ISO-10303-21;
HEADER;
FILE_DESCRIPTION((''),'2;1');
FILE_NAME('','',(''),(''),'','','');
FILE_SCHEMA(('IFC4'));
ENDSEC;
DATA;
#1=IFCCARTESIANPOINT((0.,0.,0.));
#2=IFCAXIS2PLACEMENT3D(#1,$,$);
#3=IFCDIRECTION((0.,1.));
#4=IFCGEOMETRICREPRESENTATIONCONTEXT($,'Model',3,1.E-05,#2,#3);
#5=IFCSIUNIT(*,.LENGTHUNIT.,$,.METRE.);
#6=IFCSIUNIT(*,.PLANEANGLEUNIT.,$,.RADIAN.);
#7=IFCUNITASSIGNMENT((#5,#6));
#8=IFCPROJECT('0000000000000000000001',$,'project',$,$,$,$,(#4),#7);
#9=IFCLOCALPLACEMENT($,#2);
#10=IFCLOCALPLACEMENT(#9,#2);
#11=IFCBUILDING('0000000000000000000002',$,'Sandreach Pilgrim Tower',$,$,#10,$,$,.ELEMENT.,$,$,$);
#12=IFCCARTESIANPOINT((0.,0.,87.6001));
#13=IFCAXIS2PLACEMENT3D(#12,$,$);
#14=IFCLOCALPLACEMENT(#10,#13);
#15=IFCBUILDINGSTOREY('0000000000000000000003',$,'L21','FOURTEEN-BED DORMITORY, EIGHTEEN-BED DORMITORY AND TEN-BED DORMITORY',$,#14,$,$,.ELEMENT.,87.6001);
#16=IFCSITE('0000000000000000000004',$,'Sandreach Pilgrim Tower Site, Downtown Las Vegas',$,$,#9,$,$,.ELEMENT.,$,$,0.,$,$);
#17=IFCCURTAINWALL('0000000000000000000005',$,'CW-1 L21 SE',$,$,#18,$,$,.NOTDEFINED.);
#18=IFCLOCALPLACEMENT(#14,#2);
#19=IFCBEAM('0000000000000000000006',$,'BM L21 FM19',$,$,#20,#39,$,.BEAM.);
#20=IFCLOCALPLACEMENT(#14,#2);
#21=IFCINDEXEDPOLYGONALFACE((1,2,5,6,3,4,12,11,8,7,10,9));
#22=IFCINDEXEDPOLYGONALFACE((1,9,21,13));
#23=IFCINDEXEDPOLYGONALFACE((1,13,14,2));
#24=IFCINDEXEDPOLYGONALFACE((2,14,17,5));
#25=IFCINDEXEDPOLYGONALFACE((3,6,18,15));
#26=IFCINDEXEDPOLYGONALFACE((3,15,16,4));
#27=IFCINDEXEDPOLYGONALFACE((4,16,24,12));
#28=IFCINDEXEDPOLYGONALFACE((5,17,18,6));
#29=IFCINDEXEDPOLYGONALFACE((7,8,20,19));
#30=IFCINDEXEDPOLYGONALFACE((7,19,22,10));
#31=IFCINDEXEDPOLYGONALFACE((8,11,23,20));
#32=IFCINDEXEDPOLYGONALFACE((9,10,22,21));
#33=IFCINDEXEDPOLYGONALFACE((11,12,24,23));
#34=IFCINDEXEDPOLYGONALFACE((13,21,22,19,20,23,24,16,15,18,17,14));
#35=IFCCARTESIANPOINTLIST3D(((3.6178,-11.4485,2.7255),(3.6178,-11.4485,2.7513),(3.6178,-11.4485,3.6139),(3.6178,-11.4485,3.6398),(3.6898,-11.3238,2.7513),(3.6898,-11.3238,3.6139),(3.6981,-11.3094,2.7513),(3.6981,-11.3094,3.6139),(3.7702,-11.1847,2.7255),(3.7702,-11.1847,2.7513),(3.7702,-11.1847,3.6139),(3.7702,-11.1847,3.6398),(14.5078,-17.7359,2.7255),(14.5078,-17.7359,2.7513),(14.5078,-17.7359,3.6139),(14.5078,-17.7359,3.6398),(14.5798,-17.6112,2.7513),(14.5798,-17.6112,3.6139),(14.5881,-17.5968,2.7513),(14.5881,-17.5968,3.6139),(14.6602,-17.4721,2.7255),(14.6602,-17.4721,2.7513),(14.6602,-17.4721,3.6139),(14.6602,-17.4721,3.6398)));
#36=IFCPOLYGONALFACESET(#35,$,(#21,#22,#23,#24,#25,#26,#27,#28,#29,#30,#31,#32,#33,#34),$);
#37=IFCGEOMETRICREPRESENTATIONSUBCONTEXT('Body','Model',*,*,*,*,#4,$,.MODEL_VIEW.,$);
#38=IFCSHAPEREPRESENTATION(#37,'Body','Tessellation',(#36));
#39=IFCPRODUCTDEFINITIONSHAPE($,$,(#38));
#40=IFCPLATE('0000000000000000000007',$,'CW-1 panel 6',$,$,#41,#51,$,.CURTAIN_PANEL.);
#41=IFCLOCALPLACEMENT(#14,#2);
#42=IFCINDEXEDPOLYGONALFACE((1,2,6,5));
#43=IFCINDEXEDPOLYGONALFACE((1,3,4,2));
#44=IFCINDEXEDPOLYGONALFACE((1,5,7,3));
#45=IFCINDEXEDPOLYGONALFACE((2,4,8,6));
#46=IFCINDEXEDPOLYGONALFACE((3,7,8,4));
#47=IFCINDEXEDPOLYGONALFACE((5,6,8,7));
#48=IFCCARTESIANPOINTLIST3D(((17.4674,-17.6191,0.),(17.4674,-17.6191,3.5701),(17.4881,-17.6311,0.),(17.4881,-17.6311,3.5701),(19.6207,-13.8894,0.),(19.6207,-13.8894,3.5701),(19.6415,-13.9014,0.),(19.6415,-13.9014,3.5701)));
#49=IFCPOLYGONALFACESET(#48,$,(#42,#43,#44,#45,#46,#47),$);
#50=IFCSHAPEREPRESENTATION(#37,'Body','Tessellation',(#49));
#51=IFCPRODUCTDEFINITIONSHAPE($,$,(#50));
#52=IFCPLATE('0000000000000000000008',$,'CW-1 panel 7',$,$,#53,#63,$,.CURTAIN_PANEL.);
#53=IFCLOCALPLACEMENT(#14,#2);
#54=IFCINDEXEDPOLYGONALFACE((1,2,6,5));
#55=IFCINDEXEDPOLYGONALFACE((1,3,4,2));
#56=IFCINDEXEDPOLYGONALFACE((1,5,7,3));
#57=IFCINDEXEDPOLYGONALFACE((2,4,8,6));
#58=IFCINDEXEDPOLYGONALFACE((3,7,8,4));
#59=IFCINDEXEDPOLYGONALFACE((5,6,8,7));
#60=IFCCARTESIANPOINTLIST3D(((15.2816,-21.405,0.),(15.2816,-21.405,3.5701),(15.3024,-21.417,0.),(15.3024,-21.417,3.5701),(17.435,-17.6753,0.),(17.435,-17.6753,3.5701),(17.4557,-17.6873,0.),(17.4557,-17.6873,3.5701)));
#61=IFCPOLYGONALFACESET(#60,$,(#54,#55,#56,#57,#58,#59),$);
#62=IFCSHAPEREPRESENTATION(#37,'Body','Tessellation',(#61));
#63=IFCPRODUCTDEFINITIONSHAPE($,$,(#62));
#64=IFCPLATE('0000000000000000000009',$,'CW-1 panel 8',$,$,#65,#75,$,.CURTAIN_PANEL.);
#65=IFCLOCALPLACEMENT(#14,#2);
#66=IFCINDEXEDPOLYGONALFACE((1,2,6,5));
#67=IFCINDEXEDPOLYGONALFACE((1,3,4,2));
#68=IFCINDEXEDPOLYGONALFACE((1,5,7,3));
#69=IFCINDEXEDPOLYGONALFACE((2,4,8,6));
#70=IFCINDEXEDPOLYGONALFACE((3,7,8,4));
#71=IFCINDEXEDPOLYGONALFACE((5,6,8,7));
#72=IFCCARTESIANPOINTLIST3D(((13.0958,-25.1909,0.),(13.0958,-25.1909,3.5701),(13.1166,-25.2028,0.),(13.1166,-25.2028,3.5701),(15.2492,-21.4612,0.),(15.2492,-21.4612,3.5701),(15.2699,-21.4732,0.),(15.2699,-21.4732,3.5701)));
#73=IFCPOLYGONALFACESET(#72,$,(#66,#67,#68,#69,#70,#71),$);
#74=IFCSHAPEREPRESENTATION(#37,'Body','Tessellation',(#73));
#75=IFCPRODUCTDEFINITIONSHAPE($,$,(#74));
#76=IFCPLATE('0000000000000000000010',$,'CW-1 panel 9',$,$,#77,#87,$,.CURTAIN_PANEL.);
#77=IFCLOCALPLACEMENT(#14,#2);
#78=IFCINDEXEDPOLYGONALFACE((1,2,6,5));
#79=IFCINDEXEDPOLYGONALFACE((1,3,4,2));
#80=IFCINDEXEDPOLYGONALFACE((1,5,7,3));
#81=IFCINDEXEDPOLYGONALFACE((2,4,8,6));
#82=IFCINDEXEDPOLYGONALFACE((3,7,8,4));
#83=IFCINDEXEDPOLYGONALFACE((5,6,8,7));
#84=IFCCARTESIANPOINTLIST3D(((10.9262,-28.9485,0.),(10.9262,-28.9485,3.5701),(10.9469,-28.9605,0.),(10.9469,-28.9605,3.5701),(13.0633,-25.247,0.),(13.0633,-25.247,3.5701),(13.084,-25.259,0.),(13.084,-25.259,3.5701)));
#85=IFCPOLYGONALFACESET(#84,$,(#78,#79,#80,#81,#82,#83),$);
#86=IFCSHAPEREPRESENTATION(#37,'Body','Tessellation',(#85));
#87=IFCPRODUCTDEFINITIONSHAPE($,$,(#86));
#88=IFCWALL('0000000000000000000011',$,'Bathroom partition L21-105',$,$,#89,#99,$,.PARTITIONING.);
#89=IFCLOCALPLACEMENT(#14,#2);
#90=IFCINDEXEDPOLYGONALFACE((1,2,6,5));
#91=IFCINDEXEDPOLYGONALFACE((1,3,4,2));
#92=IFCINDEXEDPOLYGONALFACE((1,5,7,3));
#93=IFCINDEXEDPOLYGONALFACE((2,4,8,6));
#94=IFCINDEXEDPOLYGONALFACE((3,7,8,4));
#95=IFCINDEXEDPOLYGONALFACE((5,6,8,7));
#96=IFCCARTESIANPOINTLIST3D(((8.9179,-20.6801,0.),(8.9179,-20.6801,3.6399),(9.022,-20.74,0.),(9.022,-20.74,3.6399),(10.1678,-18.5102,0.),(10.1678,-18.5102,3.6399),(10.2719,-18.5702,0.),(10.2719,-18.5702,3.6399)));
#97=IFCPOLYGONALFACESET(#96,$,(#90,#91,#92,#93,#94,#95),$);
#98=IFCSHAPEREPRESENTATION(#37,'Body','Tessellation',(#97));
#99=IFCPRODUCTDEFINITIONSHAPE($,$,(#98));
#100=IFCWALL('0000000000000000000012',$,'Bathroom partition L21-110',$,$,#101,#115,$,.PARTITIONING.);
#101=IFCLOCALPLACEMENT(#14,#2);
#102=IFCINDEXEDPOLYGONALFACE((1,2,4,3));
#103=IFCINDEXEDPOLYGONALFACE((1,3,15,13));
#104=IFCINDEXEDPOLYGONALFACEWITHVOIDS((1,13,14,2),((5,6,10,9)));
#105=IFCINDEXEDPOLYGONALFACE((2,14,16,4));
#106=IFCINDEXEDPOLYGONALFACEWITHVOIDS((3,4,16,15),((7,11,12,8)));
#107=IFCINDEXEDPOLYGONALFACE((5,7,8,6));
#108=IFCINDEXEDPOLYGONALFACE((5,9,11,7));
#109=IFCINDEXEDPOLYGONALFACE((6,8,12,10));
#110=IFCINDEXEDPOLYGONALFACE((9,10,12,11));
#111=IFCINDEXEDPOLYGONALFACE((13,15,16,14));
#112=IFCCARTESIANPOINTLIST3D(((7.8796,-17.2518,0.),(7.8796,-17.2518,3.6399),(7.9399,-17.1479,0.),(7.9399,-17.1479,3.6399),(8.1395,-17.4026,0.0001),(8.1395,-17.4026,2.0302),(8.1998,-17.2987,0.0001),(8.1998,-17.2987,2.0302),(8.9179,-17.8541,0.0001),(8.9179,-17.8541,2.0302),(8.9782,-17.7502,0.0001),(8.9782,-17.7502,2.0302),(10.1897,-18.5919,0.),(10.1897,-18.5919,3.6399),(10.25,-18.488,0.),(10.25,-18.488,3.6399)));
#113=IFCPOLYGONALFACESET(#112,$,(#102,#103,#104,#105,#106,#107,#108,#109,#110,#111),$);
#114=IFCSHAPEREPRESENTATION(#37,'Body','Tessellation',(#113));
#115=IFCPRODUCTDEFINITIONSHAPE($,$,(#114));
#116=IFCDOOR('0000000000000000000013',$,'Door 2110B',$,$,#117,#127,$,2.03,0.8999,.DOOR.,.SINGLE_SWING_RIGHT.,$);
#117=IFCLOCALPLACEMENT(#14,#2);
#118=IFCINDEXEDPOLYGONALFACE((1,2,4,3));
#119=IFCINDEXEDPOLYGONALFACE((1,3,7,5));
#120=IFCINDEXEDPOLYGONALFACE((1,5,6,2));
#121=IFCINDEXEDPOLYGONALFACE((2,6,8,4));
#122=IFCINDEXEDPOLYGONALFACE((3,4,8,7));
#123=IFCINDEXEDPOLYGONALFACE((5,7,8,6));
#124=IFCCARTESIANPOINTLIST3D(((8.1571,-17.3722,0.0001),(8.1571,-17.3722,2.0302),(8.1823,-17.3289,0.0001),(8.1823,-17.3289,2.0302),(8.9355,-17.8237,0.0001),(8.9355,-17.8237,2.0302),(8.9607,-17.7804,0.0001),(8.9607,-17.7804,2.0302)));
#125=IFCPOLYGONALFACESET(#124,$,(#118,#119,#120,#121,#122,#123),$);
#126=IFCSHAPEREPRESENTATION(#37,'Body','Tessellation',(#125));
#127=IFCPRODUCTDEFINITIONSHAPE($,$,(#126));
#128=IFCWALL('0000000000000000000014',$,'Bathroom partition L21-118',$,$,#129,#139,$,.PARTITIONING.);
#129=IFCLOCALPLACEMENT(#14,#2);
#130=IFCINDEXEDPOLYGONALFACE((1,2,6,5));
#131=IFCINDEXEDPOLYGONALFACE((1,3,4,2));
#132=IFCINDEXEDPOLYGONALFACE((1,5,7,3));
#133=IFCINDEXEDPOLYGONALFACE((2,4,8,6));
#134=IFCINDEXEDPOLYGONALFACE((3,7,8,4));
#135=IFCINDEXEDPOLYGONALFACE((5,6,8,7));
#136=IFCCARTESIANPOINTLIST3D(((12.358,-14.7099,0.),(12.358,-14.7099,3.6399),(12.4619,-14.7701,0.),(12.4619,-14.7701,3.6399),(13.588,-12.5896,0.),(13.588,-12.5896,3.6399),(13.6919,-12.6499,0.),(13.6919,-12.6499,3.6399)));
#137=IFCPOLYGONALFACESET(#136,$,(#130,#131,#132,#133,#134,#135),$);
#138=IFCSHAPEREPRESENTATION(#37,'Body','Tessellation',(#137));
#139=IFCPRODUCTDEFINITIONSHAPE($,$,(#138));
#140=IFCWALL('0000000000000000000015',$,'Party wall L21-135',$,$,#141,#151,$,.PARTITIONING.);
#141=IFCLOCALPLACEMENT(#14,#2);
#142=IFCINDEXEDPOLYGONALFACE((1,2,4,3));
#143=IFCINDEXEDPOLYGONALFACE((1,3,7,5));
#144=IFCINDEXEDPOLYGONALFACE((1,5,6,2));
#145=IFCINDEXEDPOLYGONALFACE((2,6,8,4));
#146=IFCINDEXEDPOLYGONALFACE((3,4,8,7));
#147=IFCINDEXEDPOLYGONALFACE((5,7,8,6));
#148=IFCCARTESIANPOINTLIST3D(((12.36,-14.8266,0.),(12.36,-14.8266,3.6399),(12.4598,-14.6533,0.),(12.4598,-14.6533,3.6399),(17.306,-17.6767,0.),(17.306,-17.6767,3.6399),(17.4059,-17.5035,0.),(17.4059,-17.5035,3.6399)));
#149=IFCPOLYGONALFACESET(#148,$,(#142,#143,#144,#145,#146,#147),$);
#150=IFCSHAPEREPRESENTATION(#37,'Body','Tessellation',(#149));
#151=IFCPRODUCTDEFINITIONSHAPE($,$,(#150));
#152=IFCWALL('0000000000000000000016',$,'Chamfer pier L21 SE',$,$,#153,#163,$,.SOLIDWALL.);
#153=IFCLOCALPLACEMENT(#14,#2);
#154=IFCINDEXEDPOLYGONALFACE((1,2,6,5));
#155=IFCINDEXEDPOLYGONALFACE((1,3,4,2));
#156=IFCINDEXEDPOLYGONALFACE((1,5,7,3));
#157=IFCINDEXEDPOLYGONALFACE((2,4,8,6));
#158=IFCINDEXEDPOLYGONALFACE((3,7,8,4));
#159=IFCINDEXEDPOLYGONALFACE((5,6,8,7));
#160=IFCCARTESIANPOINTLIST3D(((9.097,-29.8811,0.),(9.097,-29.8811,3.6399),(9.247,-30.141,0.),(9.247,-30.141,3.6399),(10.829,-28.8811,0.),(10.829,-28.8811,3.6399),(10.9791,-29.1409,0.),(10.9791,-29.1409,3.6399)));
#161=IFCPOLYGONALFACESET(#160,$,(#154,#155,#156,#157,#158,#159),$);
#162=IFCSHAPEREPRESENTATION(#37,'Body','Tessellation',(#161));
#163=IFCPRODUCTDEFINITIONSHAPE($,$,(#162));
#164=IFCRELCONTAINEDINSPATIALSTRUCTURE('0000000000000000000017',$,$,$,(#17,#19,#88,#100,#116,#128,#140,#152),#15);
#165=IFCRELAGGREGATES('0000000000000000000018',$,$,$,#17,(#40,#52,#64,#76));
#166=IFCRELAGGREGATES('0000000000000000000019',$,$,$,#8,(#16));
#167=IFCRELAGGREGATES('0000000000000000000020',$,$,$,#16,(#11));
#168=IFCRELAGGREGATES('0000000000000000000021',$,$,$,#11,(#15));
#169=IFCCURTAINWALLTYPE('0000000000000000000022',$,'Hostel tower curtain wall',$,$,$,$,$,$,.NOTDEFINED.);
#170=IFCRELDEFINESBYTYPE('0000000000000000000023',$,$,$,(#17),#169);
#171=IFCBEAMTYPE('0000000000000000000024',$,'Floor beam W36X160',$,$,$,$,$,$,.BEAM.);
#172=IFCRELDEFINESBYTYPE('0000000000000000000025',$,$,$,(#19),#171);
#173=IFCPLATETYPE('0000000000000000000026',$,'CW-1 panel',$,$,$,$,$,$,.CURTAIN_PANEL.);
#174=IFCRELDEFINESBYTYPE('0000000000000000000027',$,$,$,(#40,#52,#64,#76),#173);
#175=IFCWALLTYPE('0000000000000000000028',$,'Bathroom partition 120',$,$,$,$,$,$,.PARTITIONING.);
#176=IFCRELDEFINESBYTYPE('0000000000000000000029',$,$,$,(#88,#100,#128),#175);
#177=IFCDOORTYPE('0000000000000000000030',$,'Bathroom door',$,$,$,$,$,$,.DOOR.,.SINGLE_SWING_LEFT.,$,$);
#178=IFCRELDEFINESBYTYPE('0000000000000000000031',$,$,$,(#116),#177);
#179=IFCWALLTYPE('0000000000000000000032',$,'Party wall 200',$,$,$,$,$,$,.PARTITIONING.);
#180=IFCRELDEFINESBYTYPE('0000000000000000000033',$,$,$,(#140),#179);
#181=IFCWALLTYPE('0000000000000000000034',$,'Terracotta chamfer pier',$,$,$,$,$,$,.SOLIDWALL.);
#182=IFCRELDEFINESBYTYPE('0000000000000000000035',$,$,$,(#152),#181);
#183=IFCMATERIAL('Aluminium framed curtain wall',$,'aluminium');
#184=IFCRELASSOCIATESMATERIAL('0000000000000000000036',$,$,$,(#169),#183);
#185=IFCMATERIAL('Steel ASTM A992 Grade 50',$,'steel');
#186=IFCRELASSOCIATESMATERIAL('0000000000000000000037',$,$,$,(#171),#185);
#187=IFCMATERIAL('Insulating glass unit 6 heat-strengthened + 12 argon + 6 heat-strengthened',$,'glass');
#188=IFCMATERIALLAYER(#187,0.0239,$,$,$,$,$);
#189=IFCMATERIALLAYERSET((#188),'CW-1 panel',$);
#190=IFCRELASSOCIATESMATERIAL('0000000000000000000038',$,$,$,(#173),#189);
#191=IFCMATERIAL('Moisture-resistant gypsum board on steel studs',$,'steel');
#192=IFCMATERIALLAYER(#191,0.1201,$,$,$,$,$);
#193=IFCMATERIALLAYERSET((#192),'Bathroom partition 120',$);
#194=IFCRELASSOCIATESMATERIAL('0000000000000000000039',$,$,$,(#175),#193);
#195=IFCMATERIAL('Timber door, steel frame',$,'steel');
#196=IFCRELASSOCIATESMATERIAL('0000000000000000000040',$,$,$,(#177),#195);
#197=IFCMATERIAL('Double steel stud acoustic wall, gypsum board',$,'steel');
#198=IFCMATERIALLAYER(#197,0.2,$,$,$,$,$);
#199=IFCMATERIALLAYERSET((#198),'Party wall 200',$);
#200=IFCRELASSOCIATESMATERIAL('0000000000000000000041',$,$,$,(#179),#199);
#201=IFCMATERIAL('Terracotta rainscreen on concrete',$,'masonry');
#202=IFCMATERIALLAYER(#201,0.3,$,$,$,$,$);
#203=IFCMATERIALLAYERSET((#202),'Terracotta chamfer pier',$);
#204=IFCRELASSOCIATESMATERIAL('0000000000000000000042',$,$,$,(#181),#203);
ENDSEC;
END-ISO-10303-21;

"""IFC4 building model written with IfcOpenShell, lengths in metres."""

from ifc_helpers import new_model, si_unit, direction, frame, frame_2d, origin, origin_2d, place, context, subcontext, project, spatial, rectangle, i_section, extrude, material, layer, layer_set, material_profile, profile_set, type_object, element, fill, aggregate, save


model = new_model("IFC4")

# Units and contexts
model_context = context("Model", 3, precision=1e-05, world=origin(), true_north=direction((0.0, 1.0)))
body_context = subcontext(model_context, "Body", "Model", "MODEL_VIEW")
ifc_project = project(units=[si_unit("LENGTHUNIT", "METRE"), si_unit("PLANEANGLEUNIT", "RADIAN")], contexts=[model_context])

# Site, building, storey
site_placement = place(None, origin())
site = spatial("IfcSite", under=ifc_project, at=site_placement, Name="Sandreach Pilgrim Tower Site, Downtown Las Vegas", CompositionType="ELEMENT", RefElevation=0.0)
building_placement = place(site_placement, origin())
building = spatial("IfcBuilding", under=site, at=building_placement, Name="Sandreach Pilgrim Tower", CompositionType="ELEMENT")
storey_placement = place(building_placement, frame((0.0, 0.0, 87.6001)))
storey = spatial("IfcBuildingStorey", under=building, at=storey_placement, Name="L21", Description="FOURTEEN-BED DORMITORY, EIGHTEEN-BED DORMITORY AND TEN-BED DORMITORY", CompositionType="ELEMENT", Elevation=87.6001)

# Curtain wall
ifc_material_1 = material(Name="Aluminium framed curtain wall", Category="aluminium")
curtain_wall_type = type_object("IfcCurtainWallType", Name="Hostel tower curtain wall", PredefinedType="NOTDEFINED", material=ifc_material_1)
curtain_wall_1_placement = place(storey_placement, origin())
curtain_wall_1 = element("IfcCurtainWall", 1, at=curtain_wall_1_placement, inside=storey, type_object=curtain_wall_type, Name="CW-1 L21 SE", PredefinedType="NOTDEFINED")

# Beam
ifc_material_2 = material(Name="Steel ASTM A992 Grade 50", Category="steel")
ifc_material_profile_1 = material_profile(ifc_material_2, i_section(OverallWidth=0.3047, OverallDepth=0.9143, WebThickness=0.0166, FlangeThickness=0.0259, at=origin_2d()), Name="W36X160")
ifc_profile_set_1 = profile_set([ifc_material_profile_1], Name="Steel ASTM A992 Grade 50")
beam_type_1 = type_object("IfcBeamType", Name="Floor beam W36X160", PredefinedType="BEAM", material=ifc_profile_set_1)
beam_1_placement = place(storey_placement, frame((14.584, -17.604, 3.1826), z_axis=(-0.866023, 0.500004, 0.0), x_axis=(-0.500004, -0.866023, 0.0)))
element("IfcBeam", 2, at=beam_1_placement, inside=storey, type_object=beam_type_1, Name="BM L21 FM19", PredefinedType="BEAM", context=body_context, shape_type="SweptSolid", body=[
    extrude(i_section(OverallWidth=0.3047, OverallDepth=0.9143, WebThickness=0.0166, FlangeThickness=0.0259, at=origin_2d()), origin(), (0.0, 0.0, 1.0), 12.5747),
])

# Plates
ifc_material_3 = material(Name="Insulating glass unit 6 heat-strengthened + 12 argon + 6 heat-strengthened", Category="glass")
ifc_layer_1 = layer(ifc_material_3, 0.0239)
ifc_layer_set_1 = layer_set([ifc_layer_1], Name="CW-1 panel")
plate_type = type_object("IfcPlateType", Name="CW-1 panel", PredefinedType="CURTAIN_PANEL", material=ifc_layer_set_1)
plate_1_placement = place(storey_placement, frame((18.5544, -15.7603, 0.0), z_axis=(0.0, 0.0, 1.0), x_axis=(-0.5, -0.866025, 0.0)))
plate_1 = element("IfcPlate", 3, at=plate_1_placement, type_object=plate_type, Name="CW-1 panel 6", PredefinedType="CURTAIN_PANEL", context=body_context, shape_type="SweptSolid", body=[
    extrude(rectangle(XDim=4.3066, YDim=0.0239, at=origin_2d()), origin(), (0.0, 0.0, 1.0), 3.5701),
])
plate_2_placement = place(storey_placement, frame((16.3687, -19.5461, 0.0), z_axis=(0.0, 0.0, 1.0), x_axis=(-0.5, -0.866025, 0.0)))
plate_2 = element("IfcPlate", 4, at=plate_2_placement, type_object=plate_type, Name="CW-1 panel 7", PredefinedType="CURTAIN_PANEL", context=body_context, shape_type="SweptSolid", body=[
    extrude(rectangle(XDim=4.3066, YDim=0.0239, at=origin_2d()), origin(), (0.0, 0.0, 1.0), 3.5701),
])
plate_3_placement = place(storey_placement, frame((14.1829, -23.332, 0.0), z_axis=(0.0, 0.0, 1.0), x_axis=(-0.5, -0.866025, 0.0)))
plate_3 = element("IfcPlate", 5, at=plate_3_placement, type_object=plate_type, Name="CW-1 panel 8", PredefinedType="CURTAIN_PANEL", context=body_context, shape_type="SweptSolid", body=[
    extrude(rectangle(XDim=4.3066, YDim=0.0239, at=origin_2d()), origin(), (0.0, 0.0, 1.0), 3.5701),
])
plate_4_placement = place(storey_placement, frame((12.0051, -27.1038, 0.0), z_axis=(0.0, 0.0, 1.0), x_axis=(-0.5, -0.866025, 0.0)))
plate_4 = element("IfcPlate", 6, at=plate_4_placement, type_object=plate_type, Name="CW-1 panel 9", PredefinedType="CURTAIN_PANEL", context=body_context, shape_type="SweptSolid", body=[
    extrude(rectangle(XDim=4.2742, YDim=0.0239, at=origin_2d()), origin(), (0.0, 0.0, 1.0), 3.5701),
])
aggregate(curtain_wall_1, [plate_1, plate_2, plate_3, plate_4])

# Wall
ifc_material_4 = material(Name="Moisture-resistant gypsum board on steel studs", Category="steel")
ifc_layer_2 = layer(ifc_material_4, 0.1201)
ifc_layer_set_2 = layer_set([ifc_layer_2], Name="Bathroom partition 120")
wall_type_1 = type_object("IfcWallType", Name="Bathroom partition 120", PredefinedType="PARTITIONING", material=ifc_layer_set_2)
wall_1_placement = place(storey_placement, frame((8.97, -20.71, 0.0), z_axis=(0.0, 0.0, 1.0), x_axis=(0.49916, 0.86651, 0.0)))
element("IfcWall", 7, at=wall_1_placement, inside=storey, type_object=wall_type_1, Name="Bathroom partition L21-105", PredefinedType="PARTITIONING", context=body_context, shape_type="SweptSolid", body=[
    extrude(rectangle(XDim=2.5042, YDim=0.1201, at=frame_2d((1.252, 0.0))), origin(), (0.0, 0.0, 1.0), 3.6399),
])

# Wall, opening, door
wall_2_placement = place(storey_placement, frame((10.22, -18.54, 0.0), z_axis=(0.0, 0.0, 1.0), x_axis=(-0.86499, 0.501789, 0.0)))
wall_2 = element("IfcWall", 8, at=wall_2_placement, inside=storey, type_object=wall_type_1, Name="Bathroom partition L21-110", PredefinedType="PARTITIONING", context=body_context, shape_type="SweptSolid", body=[
    extrude(rectangle(XDim=2.6707, YDim=0.1201, at=frame_2d((1.3354, 0.0))), origin(), (0.0, 0.0, 1.0), 3.6399),
])
opening_placement = place(wall_2_placement, frame((1.4705, 0.0, 0.0)))
opening = element("IfcOpeningElement", 9, at=opening_placement, cuts=wall_2, PredefinedType="OPENING", context=body_context, shape_type="SweptSolid", body=[
    extrude(rectangle(XDim=0.8999, YDim=2.03, at=frame_2d((0.45, 1.0151))), frame((0.0, 0.0601, 0.0), z_axis=(0.0, -1.0, 0.0), x_axis=(1.0, 0.0, 0.0)), (0.0, 0.0, 1.0), 0.1201),
])
ifc_material_5 = material(Name="Timber door, steel frame", Category="steel")
door_type = type_object("IfcDoorType", Name="Bathroom door", OperationType="SINGLE_SWING_LEFT", PredefinedType="DOOR", material=ifc_material_5)
door_placement = place(opening_placement, origin())
door = element("IfcDoor", 10, at=door_placement, inside=storey, type_object=door_type, Name="Door 2110B", OperationType="SINGLE_SWING_RIGHT", OverallHeight=2.03, OverallWidth=0.8999, PredefinedType="DOOR", context=body_context, shape_type="SweptSolid", body=[
    extrude(rectangle(XDim=0.8999, YDim=2.03, at=frame_2d((0.45, 1.0151))), frame((0.0, 0.0249, 0.0), z_axis=(0.0, -1.0, 0.0), x_axis=(1.0, 0.0, 0.0)), (0.0, 0.0, 1.0), 0.05),
])
fill(opening, door)

# Walls
wall_3_placement = place(storey_placement, frame((12.4099, -14.74, 0.0), z_axis=(0.0, 0.0, 1.0), x_axis=(0.501813, 0.864976, 0.0)))
element("IfcWall", 11, at=wall_3_placement, inside=storey, type_object=wall_type_1, Name="Bathroom partition L21-118", PredefinedType="PARTITIONING", context=body_context, shape_type="SweptSolid", body=[
    extrude(rectangle(XDim=2.4512, YDim=0.1201, at=frame_2d((1.2256, 0.0))), origin(), (0.0, 0.0, 1.0), 3.6399),
])
ifc_material_6 = material(Name="Double steel stud acoustic wall, gypsum board", Category="steel")
ifc_layer_3 = layer(ifc_material_6, 0.2)
ifc_layer_set_3 = layer_set([ifc_layer_3], Name="Party wall 200")
wall_type_2 = type_object("IfcWallType", Name="Party wall 200", PredefinedType="PARTITIONING", material=ifc_layer_set_3)
wall_4_placement = place(storey_placement, frame((17.356, -17.5901, 0.0), z_axis=(0.0, 0.0, 1.0), x_axis=(-0.866443, 0.499277, 0.0)))
element("IfcWall", 12, at=wall_4_placement, inside=storey, type_object=wall_type_2, Name="Party wall L21-135", PredefinedType="PARTITIONING", context=body_context, shape_type="SweptSolid", body=[
    extrude(rectangle(XDim=5.7085, YDim=0.2, at=frame_2d((2.8542, 0.0))), origin(), (0.0, 0.0, 1.0), 3.6399),
])
ifc_material_7 = material(Name="Terracotta rainscreen on concrete", Category="masonry")
ifc_layer_4 = layer(ifc_material_7, 0.3)
ifc_layer_set_4 = layer_set([ifc_layer_4], Name="Terracotta chamfer pier")
wall_type_3 = type_object("IfcWallType", Name="Terracotta chamfer pier", PredefinedType="SOLIDWALL", material=ifc_layer_set_4)
wall_5_placement = place(storey_placement, frame((10.9041, -29.011, 0.0), z_axis=(0.0, 0.0, 1.0), x_axis=(-0.866011, -0.500025, 0.0)))
element("IfcWall", 13, at=wall_5_placement, inside=storey, type_object=wall_type_3, Name="Chamfer pier L21 SE", PredefinedType="SOLIDWALL", context=body_context, shape_type="SweptSolid", body=[
    extrude(rectangle(XDim=2.0, YDim=0.3, at=frame_2d((1.0, 0.0))), origin(), (0.0, 0.0, 1.0), 3.6399),
])

save(model, "model.ifc")
